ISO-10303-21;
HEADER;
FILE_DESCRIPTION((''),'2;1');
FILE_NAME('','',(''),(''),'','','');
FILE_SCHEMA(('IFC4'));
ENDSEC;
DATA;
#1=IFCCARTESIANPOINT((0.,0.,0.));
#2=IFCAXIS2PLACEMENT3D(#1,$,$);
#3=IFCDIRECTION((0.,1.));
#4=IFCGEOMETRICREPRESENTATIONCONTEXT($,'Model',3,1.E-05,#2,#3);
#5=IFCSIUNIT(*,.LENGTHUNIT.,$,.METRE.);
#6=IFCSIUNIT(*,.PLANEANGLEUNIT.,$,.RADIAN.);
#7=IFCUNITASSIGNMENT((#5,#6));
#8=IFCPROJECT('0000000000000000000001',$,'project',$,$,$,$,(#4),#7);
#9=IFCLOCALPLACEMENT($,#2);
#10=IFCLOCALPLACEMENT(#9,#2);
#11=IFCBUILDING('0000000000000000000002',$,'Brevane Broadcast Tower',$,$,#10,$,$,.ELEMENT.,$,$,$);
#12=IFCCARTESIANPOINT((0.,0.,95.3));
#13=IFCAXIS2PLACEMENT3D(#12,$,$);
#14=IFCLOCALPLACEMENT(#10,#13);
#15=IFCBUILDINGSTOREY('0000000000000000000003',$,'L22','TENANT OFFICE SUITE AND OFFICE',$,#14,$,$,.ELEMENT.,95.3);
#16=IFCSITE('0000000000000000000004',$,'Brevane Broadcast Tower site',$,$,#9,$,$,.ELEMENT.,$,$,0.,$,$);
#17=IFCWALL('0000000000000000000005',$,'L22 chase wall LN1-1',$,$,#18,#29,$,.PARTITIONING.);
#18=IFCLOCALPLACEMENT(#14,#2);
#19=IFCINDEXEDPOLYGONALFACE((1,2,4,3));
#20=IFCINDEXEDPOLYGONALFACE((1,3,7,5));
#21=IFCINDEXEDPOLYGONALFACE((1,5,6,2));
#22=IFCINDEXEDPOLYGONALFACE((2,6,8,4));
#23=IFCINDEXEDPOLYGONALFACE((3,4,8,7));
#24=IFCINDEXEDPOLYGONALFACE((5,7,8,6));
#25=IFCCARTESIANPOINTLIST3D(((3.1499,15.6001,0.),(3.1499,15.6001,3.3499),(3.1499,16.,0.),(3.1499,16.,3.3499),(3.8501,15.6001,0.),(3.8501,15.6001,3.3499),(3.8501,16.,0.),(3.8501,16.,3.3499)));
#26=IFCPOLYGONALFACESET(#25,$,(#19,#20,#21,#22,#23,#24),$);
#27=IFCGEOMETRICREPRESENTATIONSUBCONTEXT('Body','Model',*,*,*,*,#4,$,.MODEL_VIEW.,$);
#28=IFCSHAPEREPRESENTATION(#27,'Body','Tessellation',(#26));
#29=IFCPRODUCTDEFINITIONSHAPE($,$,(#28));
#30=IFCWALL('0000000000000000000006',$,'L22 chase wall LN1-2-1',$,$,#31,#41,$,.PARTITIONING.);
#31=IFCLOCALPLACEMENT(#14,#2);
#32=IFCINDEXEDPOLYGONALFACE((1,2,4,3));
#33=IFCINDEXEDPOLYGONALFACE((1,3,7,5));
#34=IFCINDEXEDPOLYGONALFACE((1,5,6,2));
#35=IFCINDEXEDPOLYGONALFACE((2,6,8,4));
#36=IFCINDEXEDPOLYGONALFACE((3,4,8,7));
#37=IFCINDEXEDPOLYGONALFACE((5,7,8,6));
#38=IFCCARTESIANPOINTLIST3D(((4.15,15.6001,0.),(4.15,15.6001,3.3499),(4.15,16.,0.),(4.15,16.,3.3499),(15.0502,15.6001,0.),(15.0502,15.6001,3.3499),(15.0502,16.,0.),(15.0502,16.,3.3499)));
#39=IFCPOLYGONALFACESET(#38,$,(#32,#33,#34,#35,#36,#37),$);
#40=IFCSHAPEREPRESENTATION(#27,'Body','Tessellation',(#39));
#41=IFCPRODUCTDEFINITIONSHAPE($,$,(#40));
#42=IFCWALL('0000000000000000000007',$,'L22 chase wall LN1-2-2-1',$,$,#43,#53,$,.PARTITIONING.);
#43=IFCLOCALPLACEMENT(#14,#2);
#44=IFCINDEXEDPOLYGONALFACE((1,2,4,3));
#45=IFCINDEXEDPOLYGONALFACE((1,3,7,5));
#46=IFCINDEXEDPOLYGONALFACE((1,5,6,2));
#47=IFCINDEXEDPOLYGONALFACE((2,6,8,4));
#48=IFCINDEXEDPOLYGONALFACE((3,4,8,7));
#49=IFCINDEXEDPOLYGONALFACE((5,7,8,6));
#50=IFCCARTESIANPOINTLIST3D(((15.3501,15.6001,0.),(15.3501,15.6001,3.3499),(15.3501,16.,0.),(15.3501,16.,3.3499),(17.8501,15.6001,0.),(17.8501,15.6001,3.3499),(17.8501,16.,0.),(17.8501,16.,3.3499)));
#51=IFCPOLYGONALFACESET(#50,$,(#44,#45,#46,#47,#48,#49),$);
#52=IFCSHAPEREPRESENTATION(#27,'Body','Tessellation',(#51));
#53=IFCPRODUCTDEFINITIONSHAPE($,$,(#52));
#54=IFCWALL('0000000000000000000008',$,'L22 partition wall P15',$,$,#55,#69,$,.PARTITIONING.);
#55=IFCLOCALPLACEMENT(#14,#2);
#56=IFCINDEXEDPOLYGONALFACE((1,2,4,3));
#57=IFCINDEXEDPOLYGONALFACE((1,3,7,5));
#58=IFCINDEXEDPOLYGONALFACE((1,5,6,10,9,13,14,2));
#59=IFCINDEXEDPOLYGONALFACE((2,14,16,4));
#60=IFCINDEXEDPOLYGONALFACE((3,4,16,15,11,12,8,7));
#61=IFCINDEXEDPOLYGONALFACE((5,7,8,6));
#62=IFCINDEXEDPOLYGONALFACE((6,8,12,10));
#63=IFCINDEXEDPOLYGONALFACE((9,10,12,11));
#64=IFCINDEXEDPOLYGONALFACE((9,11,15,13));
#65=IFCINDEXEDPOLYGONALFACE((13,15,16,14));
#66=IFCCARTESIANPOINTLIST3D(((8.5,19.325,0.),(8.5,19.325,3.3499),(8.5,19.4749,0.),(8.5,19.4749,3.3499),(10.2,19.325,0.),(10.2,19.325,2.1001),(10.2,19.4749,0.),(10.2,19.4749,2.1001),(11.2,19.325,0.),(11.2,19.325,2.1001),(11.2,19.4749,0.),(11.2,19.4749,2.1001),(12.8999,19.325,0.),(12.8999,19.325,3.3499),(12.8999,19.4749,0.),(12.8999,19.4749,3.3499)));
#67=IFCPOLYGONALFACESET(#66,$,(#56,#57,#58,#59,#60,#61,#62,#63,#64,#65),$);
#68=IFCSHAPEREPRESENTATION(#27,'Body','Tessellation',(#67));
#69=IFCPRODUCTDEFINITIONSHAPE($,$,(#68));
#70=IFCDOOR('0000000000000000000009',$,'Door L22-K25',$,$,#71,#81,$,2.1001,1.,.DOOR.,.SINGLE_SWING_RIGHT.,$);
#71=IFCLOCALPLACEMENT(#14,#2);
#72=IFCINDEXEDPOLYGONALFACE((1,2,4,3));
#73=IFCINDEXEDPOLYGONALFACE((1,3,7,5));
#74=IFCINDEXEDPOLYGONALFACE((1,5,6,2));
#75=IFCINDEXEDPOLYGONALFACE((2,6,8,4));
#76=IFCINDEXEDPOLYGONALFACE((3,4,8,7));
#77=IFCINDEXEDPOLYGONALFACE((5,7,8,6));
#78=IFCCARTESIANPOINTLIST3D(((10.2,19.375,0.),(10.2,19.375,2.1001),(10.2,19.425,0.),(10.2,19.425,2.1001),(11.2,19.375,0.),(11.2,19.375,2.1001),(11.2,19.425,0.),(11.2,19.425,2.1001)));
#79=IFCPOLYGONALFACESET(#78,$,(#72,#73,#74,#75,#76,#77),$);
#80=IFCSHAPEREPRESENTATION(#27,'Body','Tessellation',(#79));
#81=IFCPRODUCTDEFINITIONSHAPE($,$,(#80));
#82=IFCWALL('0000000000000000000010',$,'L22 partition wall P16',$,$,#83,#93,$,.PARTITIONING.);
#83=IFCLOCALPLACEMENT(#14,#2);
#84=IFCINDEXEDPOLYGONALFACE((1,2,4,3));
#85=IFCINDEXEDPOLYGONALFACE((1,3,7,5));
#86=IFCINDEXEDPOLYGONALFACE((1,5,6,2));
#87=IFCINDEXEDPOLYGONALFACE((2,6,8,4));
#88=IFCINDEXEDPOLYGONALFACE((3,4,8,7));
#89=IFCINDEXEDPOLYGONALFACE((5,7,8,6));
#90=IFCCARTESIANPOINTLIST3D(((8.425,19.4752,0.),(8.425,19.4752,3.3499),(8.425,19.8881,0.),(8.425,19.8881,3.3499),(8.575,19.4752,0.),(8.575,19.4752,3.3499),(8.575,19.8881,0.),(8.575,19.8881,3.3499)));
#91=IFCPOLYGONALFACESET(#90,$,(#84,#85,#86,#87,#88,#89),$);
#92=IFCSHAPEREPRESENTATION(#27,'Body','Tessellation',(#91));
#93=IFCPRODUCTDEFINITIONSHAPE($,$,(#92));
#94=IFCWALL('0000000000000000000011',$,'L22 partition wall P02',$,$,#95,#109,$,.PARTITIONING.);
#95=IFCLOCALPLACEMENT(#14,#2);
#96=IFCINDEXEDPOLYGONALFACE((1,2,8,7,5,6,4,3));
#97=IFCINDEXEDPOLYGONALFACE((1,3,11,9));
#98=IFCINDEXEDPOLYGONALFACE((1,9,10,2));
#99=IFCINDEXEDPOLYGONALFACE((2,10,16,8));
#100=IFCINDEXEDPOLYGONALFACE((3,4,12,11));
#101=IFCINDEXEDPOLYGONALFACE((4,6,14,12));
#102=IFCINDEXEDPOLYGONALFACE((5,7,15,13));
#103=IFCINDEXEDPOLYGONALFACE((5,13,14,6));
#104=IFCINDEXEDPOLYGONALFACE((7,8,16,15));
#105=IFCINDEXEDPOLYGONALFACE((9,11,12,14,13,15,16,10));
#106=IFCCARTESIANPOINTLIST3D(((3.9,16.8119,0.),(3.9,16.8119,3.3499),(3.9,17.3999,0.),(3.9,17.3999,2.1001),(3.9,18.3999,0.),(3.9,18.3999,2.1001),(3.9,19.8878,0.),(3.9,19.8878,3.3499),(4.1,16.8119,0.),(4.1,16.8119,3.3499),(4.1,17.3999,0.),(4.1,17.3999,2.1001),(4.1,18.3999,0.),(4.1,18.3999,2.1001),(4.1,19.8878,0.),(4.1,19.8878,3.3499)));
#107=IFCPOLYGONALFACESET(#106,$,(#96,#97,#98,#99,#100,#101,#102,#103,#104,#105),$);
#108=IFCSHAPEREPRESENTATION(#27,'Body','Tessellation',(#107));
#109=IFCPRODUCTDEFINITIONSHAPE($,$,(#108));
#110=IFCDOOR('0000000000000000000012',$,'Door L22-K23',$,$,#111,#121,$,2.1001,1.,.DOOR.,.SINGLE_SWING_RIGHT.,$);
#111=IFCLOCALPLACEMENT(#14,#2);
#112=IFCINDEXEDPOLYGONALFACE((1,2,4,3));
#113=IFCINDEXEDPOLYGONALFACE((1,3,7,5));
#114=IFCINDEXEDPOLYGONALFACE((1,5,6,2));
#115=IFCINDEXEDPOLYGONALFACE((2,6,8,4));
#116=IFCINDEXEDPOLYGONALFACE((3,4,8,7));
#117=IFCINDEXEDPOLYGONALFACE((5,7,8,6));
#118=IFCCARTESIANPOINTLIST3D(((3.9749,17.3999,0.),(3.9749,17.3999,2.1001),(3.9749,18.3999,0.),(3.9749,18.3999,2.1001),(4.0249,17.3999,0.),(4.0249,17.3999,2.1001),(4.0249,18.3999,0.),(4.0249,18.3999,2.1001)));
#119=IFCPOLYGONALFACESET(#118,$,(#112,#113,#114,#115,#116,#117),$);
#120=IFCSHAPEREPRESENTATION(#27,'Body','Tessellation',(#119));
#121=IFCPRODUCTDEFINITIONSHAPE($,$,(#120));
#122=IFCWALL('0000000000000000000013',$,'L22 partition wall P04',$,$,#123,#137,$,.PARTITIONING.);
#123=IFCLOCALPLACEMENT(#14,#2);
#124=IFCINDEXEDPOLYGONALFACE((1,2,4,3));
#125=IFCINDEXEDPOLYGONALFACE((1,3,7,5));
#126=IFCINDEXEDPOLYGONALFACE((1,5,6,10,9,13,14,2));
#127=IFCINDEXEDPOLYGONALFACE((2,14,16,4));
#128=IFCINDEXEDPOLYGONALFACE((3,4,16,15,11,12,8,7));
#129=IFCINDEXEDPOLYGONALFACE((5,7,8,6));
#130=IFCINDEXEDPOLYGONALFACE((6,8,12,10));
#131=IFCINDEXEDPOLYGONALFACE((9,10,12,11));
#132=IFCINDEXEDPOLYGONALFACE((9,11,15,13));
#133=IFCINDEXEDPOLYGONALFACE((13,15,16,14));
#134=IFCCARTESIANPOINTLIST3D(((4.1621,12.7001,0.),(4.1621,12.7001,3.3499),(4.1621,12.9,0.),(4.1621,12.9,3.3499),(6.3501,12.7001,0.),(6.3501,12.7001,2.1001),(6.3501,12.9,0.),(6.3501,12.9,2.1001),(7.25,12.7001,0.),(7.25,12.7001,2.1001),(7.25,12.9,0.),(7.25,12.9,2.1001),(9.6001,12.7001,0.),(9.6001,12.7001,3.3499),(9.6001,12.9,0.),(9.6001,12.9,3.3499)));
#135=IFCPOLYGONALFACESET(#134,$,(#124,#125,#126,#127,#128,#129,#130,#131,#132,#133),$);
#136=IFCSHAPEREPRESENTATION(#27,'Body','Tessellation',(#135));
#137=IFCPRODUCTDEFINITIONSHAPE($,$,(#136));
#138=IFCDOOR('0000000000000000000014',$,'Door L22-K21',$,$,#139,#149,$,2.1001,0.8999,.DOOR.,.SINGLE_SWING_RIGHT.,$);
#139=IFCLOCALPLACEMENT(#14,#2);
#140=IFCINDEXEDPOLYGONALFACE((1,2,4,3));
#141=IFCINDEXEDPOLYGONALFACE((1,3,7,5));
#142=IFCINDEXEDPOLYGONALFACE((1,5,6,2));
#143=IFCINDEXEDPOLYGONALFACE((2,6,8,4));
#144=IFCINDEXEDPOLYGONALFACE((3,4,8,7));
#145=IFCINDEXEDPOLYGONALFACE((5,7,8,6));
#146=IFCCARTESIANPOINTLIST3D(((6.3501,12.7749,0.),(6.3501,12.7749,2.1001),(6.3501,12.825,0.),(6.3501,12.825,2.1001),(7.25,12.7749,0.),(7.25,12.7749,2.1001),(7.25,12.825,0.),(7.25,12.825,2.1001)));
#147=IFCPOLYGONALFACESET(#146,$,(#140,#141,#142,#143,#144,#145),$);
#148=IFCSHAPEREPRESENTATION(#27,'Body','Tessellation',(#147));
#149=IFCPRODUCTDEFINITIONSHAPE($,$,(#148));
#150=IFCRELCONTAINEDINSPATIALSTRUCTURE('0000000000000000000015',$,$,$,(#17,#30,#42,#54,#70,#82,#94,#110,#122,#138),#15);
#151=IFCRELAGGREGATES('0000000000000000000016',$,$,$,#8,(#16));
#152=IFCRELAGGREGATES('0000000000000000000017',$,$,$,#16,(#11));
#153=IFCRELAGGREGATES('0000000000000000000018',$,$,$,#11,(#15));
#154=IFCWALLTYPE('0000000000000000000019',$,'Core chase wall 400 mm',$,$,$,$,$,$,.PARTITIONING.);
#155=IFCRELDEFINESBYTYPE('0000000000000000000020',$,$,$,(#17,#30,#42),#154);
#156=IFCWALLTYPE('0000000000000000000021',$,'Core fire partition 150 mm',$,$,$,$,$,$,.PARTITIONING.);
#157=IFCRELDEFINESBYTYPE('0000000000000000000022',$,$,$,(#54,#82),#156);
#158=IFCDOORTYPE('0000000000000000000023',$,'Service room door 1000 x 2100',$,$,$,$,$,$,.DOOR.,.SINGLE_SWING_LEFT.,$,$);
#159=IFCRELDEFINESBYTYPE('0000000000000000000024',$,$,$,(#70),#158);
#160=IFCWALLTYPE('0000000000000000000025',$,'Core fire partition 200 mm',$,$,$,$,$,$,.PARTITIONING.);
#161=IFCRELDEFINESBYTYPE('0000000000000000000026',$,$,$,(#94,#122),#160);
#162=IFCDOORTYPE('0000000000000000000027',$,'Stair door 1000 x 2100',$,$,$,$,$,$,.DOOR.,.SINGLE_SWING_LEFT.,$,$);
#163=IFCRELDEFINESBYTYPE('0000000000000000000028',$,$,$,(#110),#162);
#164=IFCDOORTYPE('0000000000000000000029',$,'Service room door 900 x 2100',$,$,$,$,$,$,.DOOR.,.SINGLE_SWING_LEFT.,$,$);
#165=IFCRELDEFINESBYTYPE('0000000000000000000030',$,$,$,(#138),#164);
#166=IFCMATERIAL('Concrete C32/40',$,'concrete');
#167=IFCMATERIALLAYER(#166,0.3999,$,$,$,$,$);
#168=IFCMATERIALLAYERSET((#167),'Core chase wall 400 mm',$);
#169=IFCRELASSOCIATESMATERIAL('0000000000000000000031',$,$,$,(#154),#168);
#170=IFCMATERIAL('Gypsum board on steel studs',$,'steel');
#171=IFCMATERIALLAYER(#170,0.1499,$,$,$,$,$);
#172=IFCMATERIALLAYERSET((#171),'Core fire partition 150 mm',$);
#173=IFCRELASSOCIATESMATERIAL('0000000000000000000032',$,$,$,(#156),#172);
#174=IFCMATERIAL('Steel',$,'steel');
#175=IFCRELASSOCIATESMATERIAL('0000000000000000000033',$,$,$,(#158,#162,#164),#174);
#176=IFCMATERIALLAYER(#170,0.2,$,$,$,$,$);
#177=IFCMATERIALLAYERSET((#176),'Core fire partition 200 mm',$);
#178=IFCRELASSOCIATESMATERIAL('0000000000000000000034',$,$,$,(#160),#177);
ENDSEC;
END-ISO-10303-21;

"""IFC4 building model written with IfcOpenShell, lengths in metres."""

from ifc_helpers import new_model, si_unit, direction, frame, frame_2d, origin, place, context, subcontext, project, spatial, rectangle, extrude, material, layer, layer_set, type_object, element, fill, save


model = new_model("IFC4")

# Units and contexts
model_context = context("Model", 3, precision=1e-05, world=origin(), true_north=direction((0.0, 1.0)))
body_context = subcontext(model_context, "Body", "Model", "MODEL_VIEW")
ifc_project = project(units=[si_unit("LENGTHUNIT", "METRE"), si_unit("PLANEANGLEUNIT", "RADIAN")], contexts=[model_context])

# Site, building, storey
site_placement = place(None, origin())
site = spatial("IfcSite", under=ifc_project, at=site_placement, Name="Brevane Broadcast Tower site", CompositionType="ELEMENT", RefElevation=0.0)
building_placement = place(site_placement, origin())
building = spatial("IfcBuilding", under=site, at=building_placement, Name="Brevane Broadcast Tower", CompositionType="ELEMENT")
storey_placement = place(building_placement, frame((0.0, 0.0, 95.3)))
storey = spatial("IfcBuildingStorey", under=building, at=storey_placement, Name="L22", Description="TENANT OFFICE SUITE AND OFFICE", CompositionType="ELEMENT", Elevation=95.3)

# Walls
ifc_material_1 = material(Name="Concrete C32/40", Category="concrete")
ifc_layer_1 = layer(ifc_material_1, 0.3999)
ifc_layer_set_1 = layer_set([ifc_layer_1], Name="Core chase wall 400 mm")
wall_type_1 = type_object("IfcWallType", Name="Core chase wall 400 mm", PredefinedType="PARTITIONING", material=ifc_layer_set_1)
wall_1_placement = place(storey_placement, frame((3.1499, 15.8, 0.0), z_axis=(0.0, 0.0, 1.0), x_axis=(1.0, 0.0, 0.0)))
element("IfcWall", 1, at=wall_1_placement, inside=storey, type_object=wall_type_1, Name="L22 chase wall LN1-1", PredefinedType="PARTITIONING", context=body_context, shape_type="SweptSolid", body=[
    extrude(rectangle(XDim=0.7002, YDim=0.3999, at=frame_2d((0.3501, 0.0))), origin(), (0.0, 0.0, 1.0), 3.3499),
])
wall_2_placement = place(storey_placement, frame((4.1499, 15.8, 0.0), z_axis=(0.0, 0.0, 1.0), x_axis=(1.0, 0.0, 0.0)))
element("IfcWall", 2, at=wall_2_placement, inside=storey, type_object=wall_type_1, Name="L22 chase wall LN1-2-1", PredefinedType="PARTITIONING", context=body_context, shape_type="SweptSolid", body=[
    extrude(rectangle(XDim=10.9001, YDim=0.3999, at=frame_2d((5.4502, 0.0))), origin(), (0.0, 0.0, 1.0), 3.3499),
])
wall_3_placement = place(storey_placement, frame((15.3501, 15.8, 0.0), z_axis=(0.0, 0.0, 1.0), x_axis=(1.0, 0.0, 0.0)))
element("IfcWall", 3, at=wall_3_placement, inside=storey, type_object=wall_type_1, Name="L22 chase wall LN1-2-2-1", PredefinedType="PARTITIONING", context=body_context, shape_type="SweptSolid", body=[
    extrude(rectangle(XDim=2.5, YDim=0.3999, at=frame_2d((1.25, 0.0))), origin(), (0.0, 0.0, 1.0), 3.3499),
])

# Wall, opening, door
ifc_material_2 = material(Name="Gypsum board on steel studs", Category="steel")
ifc_layer_2 = layer(ifc_material_2, 0.1499)
ifc_layer_set_2 = layer_set([ifc_layer_2], Name="Core fire partition 150 mm")
wall_type_2 = type_object("IfcWallType", Name="Core fire partition 150 mm", PredefinedType="PARTITIONING", material=ifc_layer_set_2)
wall_4_placement = place(storey_placement, frame((12.8999, 19.3999, 0.0), z_axis=(0.0, 0.0, 1.0), x_axis=(-1.0, 0.0, 0.0)))
wall_4 = element("IfcWall", 4, at=wall_4_placement, inside=storey, type_object=wall_type_2, Name="L22 partition wall P15", PredefinedType="PARTITIONING", context=body_context, shape_type="SweptSolid", body=[
    extrude(rectangle(XDim=4.3999, YDim=0.1499, at=frame_2d((2.2, 0.0))), origin(), (0.0, 0.0, 1.0), 3.3499),
])
opening_1_placement = place(wall_4_placement, frame((1.7, 0.0, 0.0)))
opening_1 = element("IfcOpeningElement", 5, at=opening_1_placement, cuts=wall_4, PredefinedType="OPENING", context=body_context, shape_type="SweptSolid", body=[
    extrude(rectangle(XDim=1.0, YDim=2.1001, at=frame_2d((0.5, 1.05))), frame((0.0, 0.085, 0.0), z_axis=(0.0, -1.0, 0.0), x_axis=(1.0, 0.0, 0.0)), (0.0, 0.0, 1.0), 0.1699),
])
ifc_material_3 = material(Name="Steel", Category="steel")
door_type_1 = type_object("IfcDoorType", Name="Service room door 1000 x 2100", OperationType="SINGLE_SWING_LEFT", PredefinedType="DOOR", material=ifc_material_3)
door_1_placement = place(opening_1_placement, origin())
door_1 = element("IfcDoor", 6, at=door_1_placement, inside=storey, type_object=door_type_1, Name="Door L22-K25", OperationType="SINGLE_SWING_RIGHT", OverallHeight=2.1001, OverallWidth=1.0, PredefinedType="DOOR", context=body_context, shape_type="SweptSolid", body=[
    extrude(rectangle(XDim=1.0, YDim=2.1001, at=frame_2d((0.5, 1.05))), frame((0.0, 0.0249, 0.0), z_axis=(0.0, -1.0, 0.0), x_axis=(1.0, 0.0, 0.0)), (0.0, 0.0, 1.0), 0.05),
])
fill(opening_1, door_1)

# Wall
wall_5_placement = place(storey_placement, frame((8.5, 19.4751, 0.0), z_axis=(0.0, 0.0, 1.0), x_axis=(0.0, 1.0, 0.0)))
element("IfcWall", 7, at=wall_5_placement, inside=storey, type_object=wall_type_2, Name="L22 partition wall P16", PredefinedType="PARTITIONING", context=body_context, shape_type="SweptSolid", body=[
    extrude(rectangle(XDim=0.4128, YDim=0.1499, at=frame_2d((0.2065, 0.0))), origin(), (0.0, 0.0, 1.0), 3.3499),
])

# Walls, openings, doors
ifc_layer_3 = layer(ifc_material_2, 0.2)
ifc_layer_set_3 = layer_set([ifc_layer_3], Name="Core fire partition 200 mm")
wall_type_3 = type_object("IfcWallType", Name="Core fire partition 200 mm", PredefinedType="PARTITIONING", material=ifc_layer_set_3)
wall_6_placement = place(storey_placement, frame((4.0, 19.8879, 0.0), z_axis=(0.0, 0.0, 1.0), x_axis=(0.0, -1.0, 0.0)))
wall_6 = element("IfcWall", 8, at=wall_6_placement, inside=storey, type_object=wall_type_3, Name="L22 partition wall P02", PredefinedType="PARTITIONING", context=body_context, shape_type="SweptSolid", body=[
    extrude(rectangle(XDim=3.0759, YDim=0.2, at=frame_2d((1.5381, 0.0))), origin(), (0.0, 0.0, 1.0), 3.3499),
])
opening_2_placement = place(wall_6_placement, frame((1.488, 0.0, 0.0)))
opening_2 = element("IfcOpeningElement", 9, at=opening_2_placement, cuts=wall_6, PredefinedType="OPENING", context=body_context, shape_type="SweptSolid", body=[
    extrude(rectangle(XDim=1.0, YDim=2.1001, at=frame_2d((0.5, 1.05))), frame((0.0, 0.1099, 0.0), z_axis=(0.0, -1.0, 0.0), x_axis=(1.0, 0.0, 0.0)), (0.0, 0.0, 1.0), 0.22),
])
door_type_2 = type_object("IfcDoorType", Name="Stair door 1000 x 2100", OperationType="SINGLE_SWING_LEFT", PredefinedType="DOOR", material=ifc_material_3)
door_2_placement = place(opening_2_placement, origin())
door_2 = element("IfcDoor", 10, at=door_2_placement, inside=storey, type_object=door_type_2, Name="Door L22-K23", OperationType="SINGLE_SWING_RIGHT", OverallHeight=2.1001, OverallWidth=1.0, PredefinedType="DOOR", context=body_context, shape_type="SweptSolid", body=[
    extrude(rectangle(XDim=1.0, YDim=2.1001, at=frame_2d((0.5, 1.05))), frame((0.0, 0.0249, 0.0), z_axis=(0.0, -1.0, 0.0), x_axis=(1.0, 0.0, 0.0)), (0.0, 0.0, 1.0), 0.05),
])
fill(opening_2, door_2)
wall_7_placement = place(storey_placement, frame((4.1621, 12.8, 0.0), z_axis=(0.0, 0.0, 1.0), x_axis=(1.0, 0.0, 0.0)))
wall_7 = element("IfcWall", 11, at=wall_7_placement, inside=storey, type_object=wall_type_3, Name="L22 partition wall P04", PredefinedType="PARTITIONING", context=body_context, shape_type="SweptSolid", body=[
    extrude(rectangle(XDim=5.438, YDim=0.2, at=frame_2d((2.719, 0.0))), origin(), (0.0, 0.0, 1.0), 3.3499),
])
opening_3_placement = place(wall_7_placement, frame((2.188, 0.0, 0.0)))
opening_3 = element("IfcOpeningElement", 12, at=opening_3_placement, cuts=wall_7, PredefinedType="OPENING", context=body_context, shape_type="SweptSolid", body=[
    extrude(rectangle(XDim=0.8999, YDim=2.1001, at=frame_2d((0.45, 1.05))), frame((0.0, 0.1099, 0.0), z_axis=(0.0, -1.0, 0.0), x_axis=(1.0, 0.0, 0.0)), (0.0, 0.0, 1.0), 0.22),
])
door_type_3 = type_object("IfcDoorType", Name="Service room door 900 x 2100", OperationType="SINGLE_SWING_LEFT", PredefinedType="DOOR", material=ifc_material_3)
door_3_placement = place(opening_3_placement, origin())
door_3 = element("IfcDoor", 13, at=door_3_placement, inside=storey, type_object=door_type_3, Name="Door L22-K21", OperationType="SINGLE_SWING_RIGHT", OverallHeight=2.1001, OverallWidth=0.8999, PredefinedType="DOOR", context=body_context, shape_type="SweptSolid", body=[
    extrude(rectangle(XDim=0.8999, YDim=2.1001, at=frame_2d((0.45, 1.05))), frame((0.0, 0.0249, 0.0), z_axis=(0.0, -1.0, 0.0), x_axis=(1.0, 0.0, 0.0)), (0.0, 0.0, 1.0), 0.05),
])
fill(opening_3, door_3)

save(model, "model.ifc")
